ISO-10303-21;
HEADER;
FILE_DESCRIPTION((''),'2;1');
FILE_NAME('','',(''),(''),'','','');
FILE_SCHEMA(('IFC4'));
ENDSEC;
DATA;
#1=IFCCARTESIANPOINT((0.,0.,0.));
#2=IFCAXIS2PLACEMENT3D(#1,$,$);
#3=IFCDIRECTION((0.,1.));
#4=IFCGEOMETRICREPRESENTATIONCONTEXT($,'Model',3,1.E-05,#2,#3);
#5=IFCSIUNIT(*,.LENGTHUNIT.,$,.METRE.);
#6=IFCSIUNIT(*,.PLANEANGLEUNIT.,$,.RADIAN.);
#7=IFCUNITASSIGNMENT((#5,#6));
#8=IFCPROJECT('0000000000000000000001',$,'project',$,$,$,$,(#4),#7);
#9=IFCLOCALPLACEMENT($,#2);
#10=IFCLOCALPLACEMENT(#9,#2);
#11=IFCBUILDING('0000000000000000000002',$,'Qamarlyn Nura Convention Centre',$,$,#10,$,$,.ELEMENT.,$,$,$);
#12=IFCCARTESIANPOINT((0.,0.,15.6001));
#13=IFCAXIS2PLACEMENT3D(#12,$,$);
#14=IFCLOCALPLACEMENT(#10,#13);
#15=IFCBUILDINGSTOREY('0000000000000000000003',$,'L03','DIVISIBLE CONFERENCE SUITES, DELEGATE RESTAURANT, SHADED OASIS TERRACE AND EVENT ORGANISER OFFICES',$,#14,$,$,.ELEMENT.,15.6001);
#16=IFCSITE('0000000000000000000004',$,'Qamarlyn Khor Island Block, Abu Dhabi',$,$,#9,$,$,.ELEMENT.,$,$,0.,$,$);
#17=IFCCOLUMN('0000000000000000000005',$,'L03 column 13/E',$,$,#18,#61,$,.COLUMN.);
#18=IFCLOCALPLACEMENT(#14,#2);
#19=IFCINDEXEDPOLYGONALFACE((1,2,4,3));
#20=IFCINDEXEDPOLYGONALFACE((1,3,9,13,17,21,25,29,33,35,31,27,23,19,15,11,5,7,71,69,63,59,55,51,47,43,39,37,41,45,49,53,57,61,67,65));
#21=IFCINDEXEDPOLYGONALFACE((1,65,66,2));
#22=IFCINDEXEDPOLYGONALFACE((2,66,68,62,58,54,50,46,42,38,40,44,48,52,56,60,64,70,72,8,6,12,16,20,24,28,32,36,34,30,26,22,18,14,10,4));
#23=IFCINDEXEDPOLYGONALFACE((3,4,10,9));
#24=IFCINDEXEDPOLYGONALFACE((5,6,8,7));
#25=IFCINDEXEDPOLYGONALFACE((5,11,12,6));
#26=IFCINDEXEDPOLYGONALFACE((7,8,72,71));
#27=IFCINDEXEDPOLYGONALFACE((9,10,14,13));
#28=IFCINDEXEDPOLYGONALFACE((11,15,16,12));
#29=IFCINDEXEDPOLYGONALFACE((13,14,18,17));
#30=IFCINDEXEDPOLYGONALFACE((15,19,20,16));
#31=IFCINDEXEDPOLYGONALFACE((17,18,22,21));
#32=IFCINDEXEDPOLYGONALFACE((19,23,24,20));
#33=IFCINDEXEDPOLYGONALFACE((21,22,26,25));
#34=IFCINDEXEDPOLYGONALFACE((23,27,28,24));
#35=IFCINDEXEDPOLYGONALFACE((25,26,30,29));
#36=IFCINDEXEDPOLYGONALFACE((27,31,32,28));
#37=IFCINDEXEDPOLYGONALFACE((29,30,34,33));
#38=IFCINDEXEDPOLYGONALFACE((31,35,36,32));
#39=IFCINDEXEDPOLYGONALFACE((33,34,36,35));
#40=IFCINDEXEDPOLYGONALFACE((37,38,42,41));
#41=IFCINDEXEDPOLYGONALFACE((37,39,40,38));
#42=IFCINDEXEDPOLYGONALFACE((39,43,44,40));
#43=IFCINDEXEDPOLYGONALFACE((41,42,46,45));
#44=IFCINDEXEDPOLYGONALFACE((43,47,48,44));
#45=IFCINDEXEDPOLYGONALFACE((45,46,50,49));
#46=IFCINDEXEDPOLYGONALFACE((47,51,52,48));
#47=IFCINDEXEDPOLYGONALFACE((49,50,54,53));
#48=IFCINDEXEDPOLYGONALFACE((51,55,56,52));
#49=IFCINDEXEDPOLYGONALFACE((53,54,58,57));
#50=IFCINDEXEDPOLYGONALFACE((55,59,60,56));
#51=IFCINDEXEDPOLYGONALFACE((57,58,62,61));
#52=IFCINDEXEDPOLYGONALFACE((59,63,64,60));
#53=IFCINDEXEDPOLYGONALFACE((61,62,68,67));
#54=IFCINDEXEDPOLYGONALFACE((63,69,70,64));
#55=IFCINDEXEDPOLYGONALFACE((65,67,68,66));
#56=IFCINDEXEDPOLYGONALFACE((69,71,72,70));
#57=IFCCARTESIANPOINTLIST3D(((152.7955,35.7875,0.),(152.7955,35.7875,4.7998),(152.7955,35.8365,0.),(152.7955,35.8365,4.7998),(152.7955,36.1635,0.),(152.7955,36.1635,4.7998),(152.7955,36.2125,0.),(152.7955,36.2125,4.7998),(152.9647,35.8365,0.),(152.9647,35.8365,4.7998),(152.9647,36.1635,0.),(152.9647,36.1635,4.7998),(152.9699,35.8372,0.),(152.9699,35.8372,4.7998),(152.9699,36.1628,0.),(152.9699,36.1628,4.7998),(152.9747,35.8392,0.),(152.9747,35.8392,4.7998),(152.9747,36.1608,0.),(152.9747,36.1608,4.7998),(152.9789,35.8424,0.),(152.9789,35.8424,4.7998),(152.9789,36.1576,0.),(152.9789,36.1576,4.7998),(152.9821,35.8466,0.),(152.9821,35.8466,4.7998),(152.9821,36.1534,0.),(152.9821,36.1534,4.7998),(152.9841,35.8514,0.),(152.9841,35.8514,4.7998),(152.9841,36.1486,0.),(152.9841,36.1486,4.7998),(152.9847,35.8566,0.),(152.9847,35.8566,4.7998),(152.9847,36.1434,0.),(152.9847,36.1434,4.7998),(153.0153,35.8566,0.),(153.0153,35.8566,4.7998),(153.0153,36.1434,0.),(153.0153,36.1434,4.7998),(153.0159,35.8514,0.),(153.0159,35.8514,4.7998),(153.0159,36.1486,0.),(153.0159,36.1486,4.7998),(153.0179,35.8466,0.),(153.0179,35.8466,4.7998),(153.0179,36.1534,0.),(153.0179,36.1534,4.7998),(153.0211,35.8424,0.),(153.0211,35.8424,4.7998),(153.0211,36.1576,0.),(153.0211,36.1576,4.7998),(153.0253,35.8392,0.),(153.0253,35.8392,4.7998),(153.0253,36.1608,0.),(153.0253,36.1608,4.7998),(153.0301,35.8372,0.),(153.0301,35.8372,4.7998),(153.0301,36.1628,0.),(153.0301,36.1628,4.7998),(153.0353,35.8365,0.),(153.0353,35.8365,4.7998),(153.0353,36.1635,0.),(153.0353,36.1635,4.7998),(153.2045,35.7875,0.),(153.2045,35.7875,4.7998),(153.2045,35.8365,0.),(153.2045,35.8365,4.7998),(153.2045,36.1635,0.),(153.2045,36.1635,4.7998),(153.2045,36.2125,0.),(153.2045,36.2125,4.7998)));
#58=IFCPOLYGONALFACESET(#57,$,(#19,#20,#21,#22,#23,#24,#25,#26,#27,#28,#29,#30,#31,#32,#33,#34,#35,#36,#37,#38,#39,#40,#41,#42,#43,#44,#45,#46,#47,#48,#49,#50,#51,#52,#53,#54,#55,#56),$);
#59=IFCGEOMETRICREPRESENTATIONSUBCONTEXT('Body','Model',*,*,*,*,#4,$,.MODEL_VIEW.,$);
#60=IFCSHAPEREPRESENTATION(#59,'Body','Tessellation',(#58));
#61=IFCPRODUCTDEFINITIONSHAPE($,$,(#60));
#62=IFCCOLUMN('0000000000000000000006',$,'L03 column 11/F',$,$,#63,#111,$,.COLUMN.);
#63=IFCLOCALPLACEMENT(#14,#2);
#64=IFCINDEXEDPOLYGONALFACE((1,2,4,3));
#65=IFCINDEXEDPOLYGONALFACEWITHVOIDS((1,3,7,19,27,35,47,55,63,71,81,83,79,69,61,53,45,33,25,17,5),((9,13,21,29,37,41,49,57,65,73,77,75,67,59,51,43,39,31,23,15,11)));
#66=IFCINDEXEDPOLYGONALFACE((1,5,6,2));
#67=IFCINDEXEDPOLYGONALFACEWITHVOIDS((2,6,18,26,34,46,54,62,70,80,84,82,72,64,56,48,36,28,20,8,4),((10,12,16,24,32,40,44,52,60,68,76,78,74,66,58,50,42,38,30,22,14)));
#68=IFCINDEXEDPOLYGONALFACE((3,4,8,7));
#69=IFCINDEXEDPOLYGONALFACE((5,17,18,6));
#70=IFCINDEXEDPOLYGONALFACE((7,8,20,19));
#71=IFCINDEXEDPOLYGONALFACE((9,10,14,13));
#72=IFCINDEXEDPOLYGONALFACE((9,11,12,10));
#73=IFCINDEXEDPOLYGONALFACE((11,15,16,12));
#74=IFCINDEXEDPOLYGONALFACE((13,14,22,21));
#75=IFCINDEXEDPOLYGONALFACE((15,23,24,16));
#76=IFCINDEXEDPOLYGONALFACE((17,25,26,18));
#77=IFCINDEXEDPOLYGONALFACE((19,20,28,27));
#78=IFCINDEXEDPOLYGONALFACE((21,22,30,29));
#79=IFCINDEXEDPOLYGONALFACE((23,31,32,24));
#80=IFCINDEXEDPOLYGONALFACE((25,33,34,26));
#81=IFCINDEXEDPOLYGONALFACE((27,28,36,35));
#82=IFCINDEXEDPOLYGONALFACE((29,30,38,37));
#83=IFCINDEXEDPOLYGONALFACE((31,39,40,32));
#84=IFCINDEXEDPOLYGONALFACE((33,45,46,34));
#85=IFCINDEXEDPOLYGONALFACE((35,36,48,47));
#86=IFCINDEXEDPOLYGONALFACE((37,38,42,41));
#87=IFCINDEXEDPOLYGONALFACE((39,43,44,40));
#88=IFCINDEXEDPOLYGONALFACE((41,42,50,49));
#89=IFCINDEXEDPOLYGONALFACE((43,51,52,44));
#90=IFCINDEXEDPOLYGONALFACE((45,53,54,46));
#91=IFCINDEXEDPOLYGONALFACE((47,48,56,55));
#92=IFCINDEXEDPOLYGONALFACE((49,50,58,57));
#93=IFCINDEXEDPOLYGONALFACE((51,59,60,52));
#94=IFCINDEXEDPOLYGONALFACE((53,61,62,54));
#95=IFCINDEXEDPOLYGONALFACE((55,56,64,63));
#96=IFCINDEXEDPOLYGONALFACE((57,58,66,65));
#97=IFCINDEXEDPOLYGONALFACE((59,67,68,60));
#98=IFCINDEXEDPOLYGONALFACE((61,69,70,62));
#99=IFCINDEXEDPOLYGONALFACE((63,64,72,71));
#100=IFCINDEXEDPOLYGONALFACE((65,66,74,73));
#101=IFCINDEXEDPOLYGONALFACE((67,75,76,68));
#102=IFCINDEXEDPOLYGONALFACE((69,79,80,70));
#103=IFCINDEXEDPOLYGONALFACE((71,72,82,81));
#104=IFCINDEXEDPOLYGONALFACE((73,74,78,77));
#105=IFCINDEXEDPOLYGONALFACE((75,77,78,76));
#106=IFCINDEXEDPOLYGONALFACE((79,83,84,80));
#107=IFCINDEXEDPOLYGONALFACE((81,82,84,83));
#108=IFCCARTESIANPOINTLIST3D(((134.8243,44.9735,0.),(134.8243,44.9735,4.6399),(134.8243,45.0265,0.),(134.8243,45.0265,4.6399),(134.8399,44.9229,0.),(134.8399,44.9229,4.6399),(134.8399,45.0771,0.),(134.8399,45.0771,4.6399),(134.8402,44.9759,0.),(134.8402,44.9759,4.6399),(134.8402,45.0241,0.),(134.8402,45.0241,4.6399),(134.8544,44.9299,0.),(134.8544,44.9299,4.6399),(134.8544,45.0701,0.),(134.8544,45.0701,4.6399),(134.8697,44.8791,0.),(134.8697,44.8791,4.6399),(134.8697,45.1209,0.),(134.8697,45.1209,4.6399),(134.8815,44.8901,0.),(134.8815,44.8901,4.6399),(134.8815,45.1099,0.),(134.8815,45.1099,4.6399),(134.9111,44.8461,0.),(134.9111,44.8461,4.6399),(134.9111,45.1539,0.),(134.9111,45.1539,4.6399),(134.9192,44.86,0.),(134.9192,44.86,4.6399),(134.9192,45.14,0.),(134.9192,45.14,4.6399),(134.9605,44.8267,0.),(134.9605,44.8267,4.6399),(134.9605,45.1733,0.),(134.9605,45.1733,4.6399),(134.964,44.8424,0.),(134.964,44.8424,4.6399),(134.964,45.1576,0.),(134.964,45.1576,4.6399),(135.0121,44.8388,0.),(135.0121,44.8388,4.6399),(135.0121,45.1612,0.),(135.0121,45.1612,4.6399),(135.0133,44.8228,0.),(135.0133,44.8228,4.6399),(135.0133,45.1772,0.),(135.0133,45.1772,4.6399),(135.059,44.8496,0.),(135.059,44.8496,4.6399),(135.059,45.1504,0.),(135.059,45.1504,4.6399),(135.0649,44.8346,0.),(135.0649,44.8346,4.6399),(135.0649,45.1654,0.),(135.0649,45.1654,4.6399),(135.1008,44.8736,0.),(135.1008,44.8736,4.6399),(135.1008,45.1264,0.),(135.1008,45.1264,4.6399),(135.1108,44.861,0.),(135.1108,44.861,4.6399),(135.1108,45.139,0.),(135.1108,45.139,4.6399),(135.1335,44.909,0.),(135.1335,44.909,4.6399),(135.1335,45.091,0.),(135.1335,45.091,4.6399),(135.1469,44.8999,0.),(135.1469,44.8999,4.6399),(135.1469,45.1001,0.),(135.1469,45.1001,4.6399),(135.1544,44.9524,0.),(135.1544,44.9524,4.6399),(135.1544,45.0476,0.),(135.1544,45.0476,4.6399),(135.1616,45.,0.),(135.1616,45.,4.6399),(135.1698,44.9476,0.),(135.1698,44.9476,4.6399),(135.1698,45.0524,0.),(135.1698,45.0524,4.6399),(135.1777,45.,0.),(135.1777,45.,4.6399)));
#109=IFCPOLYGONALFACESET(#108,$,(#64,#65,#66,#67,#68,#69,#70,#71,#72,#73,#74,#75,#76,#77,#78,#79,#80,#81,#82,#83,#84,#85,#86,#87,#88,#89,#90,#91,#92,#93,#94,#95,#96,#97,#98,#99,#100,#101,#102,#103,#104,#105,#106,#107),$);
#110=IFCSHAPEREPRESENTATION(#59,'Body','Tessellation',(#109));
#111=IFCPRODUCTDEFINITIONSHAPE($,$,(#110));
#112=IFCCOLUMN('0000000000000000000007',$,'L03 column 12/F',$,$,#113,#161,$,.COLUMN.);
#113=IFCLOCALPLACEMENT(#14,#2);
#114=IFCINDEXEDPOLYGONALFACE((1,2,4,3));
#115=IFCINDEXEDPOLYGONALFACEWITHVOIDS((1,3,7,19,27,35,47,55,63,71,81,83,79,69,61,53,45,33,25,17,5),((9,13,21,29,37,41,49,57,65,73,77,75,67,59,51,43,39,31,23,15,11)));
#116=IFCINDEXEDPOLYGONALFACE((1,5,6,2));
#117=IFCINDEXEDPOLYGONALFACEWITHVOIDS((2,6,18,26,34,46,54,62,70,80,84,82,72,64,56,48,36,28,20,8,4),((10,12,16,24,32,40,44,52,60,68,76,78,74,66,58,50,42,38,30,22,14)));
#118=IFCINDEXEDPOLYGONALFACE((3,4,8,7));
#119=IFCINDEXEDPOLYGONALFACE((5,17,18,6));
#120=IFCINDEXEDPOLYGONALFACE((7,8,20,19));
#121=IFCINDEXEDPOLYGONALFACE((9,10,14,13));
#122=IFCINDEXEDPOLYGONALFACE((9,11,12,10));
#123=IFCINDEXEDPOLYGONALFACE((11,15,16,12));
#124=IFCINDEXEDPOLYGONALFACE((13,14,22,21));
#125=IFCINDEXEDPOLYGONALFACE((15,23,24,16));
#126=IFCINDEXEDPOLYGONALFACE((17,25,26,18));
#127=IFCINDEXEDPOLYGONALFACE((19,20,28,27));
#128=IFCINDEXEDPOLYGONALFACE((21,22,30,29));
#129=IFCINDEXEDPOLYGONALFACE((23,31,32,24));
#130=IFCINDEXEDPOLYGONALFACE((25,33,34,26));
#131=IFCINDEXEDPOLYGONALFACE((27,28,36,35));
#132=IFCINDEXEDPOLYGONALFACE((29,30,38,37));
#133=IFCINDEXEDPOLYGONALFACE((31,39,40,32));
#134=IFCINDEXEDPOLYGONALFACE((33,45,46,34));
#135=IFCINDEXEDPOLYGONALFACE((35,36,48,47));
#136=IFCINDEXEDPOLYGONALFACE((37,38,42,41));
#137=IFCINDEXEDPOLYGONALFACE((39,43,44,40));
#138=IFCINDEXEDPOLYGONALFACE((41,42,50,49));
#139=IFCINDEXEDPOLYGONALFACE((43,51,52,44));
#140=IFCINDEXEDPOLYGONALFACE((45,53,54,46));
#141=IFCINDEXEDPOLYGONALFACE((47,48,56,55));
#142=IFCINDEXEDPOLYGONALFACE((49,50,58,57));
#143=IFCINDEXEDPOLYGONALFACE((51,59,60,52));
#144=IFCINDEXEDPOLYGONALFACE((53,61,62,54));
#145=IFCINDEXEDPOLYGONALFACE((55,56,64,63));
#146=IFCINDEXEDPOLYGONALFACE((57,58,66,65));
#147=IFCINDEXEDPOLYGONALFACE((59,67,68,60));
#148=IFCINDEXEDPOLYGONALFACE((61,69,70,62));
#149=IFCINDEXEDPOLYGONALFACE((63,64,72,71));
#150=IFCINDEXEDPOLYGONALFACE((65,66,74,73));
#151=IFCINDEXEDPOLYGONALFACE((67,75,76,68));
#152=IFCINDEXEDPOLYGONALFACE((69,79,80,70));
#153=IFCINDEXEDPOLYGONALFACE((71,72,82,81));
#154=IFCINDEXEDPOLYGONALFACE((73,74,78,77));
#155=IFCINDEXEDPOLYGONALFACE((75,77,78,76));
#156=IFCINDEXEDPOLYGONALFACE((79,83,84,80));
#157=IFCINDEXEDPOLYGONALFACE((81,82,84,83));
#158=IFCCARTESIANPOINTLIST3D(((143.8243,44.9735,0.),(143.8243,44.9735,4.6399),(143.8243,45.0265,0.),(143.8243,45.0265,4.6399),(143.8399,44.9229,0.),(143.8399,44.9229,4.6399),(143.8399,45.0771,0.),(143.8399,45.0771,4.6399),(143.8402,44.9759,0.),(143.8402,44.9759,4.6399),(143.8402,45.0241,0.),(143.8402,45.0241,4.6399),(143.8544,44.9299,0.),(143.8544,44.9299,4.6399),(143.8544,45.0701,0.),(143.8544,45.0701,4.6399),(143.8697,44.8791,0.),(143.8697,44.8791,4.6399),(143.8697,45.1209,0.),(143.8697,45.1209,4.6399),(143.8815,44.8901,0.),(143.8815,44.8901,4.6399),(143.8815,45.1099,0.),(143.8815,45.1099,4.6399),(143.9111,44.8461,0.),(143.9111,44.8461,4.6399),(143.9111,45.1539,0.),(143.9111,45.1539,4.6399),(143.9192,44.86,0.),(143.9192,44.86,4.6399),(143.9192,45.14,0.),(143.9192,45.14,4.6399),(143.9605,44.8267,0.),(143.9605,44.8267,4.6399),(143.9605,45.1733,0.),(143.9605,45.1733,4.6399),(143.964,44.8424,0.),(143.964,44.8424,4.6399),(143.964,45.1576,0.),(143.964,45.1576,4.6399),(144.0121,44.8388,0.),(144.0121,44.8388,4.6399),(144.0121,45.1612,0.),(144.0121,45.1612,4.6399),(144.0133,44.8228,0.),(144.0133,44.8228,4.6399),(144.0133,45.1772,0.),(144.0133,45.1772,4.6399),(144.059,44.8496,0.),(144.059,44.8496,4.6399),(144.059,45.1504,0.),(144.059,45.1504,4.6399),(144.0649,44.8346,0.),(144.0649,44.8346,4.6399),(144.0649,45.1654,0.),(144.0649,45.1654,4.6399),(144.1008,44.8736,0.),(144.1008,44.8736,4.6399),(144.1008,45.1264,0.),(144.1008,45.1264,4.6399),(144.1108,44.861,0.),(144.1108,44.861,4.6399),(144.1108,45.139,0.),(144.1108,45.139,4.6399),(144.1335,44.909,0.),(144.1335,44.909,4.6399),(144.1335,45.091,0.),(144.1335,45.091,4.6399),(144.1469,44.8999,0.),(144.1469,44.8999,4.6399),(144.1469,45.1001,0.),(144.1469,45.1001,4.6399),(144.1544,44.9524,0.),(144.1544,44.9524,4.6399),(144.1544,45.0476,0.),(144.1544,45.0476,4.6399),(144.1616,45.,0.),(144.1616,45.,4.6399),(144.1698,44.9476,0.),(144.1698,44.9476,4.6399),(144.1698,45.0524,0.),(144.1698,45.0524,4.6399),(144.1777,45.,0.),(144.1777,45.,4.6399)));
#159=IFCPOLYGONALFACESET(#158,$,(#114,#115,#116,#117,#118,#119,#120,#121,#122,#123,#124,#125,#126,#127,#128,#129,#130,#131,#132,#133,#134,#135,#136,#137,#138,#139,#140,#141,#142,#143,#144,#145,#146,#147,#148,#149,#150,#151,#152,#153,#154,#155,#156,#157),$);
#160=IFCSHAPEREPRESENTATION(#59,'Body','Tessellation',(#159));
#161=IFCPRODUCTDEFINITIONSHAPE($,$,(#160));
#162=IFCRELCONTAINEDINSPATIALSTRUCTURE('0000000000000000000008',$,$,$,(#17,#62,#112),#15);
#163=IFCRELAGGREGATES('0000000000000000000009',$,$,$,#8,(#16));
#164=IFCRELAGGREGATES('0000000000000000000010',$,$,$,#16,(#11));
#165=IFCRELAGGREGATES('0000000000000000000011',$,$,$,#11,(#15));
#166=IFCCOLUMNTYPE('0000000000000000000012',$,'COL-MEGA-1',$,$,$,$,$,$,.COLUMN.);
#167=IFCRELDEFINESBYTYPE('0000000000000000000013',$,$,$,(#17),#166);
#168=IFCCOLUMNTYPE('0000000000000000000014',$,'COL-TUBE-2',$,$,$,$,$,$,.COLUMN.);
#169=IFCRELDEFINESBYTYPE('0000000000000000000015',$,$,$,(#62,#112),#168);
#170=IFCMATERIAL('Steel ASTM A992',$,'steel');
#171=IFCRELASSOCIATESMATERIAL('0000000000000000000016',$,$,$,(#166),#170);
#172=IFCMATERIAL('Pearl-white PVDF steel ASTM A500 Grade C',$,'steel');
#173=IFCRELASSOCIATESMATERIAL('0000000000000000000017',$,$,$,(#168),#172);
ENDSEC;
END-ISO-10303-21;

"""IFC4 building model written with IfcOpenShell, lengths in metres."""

from ifc_helpers import new_model, si_unit, direction, frame, origin, origin_2d, place, context, subcontext, project, spatial, hollow_circle, i_section, extrude, material, material_profile, profile_set, type_object, element, save


model = new_model("IFC4")

# Units and contexts
model_context = context("Model", 3, precision=1e-05, world=origin(), true_north=direction((0.0, 1.0)))
body_context = subcontext(model_context, "Body", "Model", "MODEL_VIEW")
ifc_project = project(units=[si_unit("LENGTHUNIT", "METRE"), si_unit("PLANEANGLEUNIT", "RADIAN")], contexts=[model_context])

# Site, building, storey
site_placement = place(None, origin())
site = spatial("IfcSite", under=ifc_project, at=site_placement, Name="Qamarlyn Khor Island Block, Abu Dhabi", CompositionType="ELEMENT", RefElevation=0.0)
building_placement = place(site_placement, origin())
building = spatial("IfcBuilding", under=site, at=building_placement, Name="Qamarlyn Nura Convention Centre", CompositionType="ELEMENT")
storey_placement = place(building_placement, frame((0.0, 0.0, 15.6001)))
storey = spatial("IfcBuildingStorey", under=building, at=storey_placement, Name="L03", Description="DIVISIBLE CONFERENCE SUITES, DELEGATE RESTAURANT, SHADED OASIS TERRACE AND EVENT ORGANISER OFFICES", CompositionType="ELEMENT", Elevation=15.6001)

# Columns
ifc_material_1 = material(Name="Steel ASTM A992", Category="steel")
ifc_material_profile_1 = material_profile(ifc_material_1, i_section(OverallWidth=0.4089, OverallDepth=0.425, WebThickness=0.0305, FlangeThickness=0.0491, FilletRadius=0.02, at=origin_2d()), Name="W360X421")
ifc_profile_set_1 = profile_set([ifc_material_profile_1], Name="Steel ASTM A992")
column_type_1 = type_object("IfcColumnType", Name="COL-MEGA-1", PredefinedType="COLUMN", material=ifc_profile_set_1)
column_1_placement = place(storey_placement, frame((153.0, 36.0, 0.0), z_axis=(0.0, 0.0, 1.0), x_axis=(1.0, 0.0, 0.0)))
element("IfcColumn", 1, at=column_1_placement, inside=storey, type_object=column_type_1, Name="L03 column 13/E", PredefinedType="COLUMN", context=body_context, shape_type="SweptSolid", body=[
    extrude(i_section(OverallWidth=0.4089, OverallDepth=0.425, WebThickness=0.0305, FlangeThickness=0.0491, FilletRadius=0.02, at=origin_2d()), origin(), (0.0, 0.0, 1.0), 4.7998),
])
ifc_material_2 = material(Name="Pearl-white PVDF steel ASTM A500 Grade C", Category="steel")
ifc_material_profile_2 = material_profile(ifc_material_2, hollow_circle(Radius=0.1777, WallThickness=0.0161, at=origin_2d()), Name="CHS355.6X16")
ifc_profile_set_2 = profile_set([ifc_material_profile_2], Name="Pearl-white PVDF steel ASTM A500 Grade C")
column_type_2 = type_object("IfcColumnType", Name="COL-TUBE-2", PredefinedType="COLUMN", material=ifc_profile_set_2)
for number, where, z_axis, x_axis, name in (
    (2, (135.0, 45.0, 0.0), (0.0, 0.0, 1.0), (1.0, 0.0, 0.0), "L03 column 11/F"),
    (3, (144.0, 45.0, 0.0), (0.0, 0.0, 1.0), (1.0, 0.0, 0.0), "L03 column 12/F"),
):
    element("IfcColumn", number, at=place(storey_placement, frame(where, z_axis=z_axis, x_axis=x_axis)), inside=storey, type_object=column_type_2, Name=name, PredefinedType="COLUMN", context=body_context, shape_type="SweptSolid", body=[
        extrude(hollow_circle(Radius=0.1777, WallThickness=0.0161, at=origin_2d()), origin(), (0.0, 0.0, 1.0), 4.6399),
    ])

save(model, "model.ifc")
